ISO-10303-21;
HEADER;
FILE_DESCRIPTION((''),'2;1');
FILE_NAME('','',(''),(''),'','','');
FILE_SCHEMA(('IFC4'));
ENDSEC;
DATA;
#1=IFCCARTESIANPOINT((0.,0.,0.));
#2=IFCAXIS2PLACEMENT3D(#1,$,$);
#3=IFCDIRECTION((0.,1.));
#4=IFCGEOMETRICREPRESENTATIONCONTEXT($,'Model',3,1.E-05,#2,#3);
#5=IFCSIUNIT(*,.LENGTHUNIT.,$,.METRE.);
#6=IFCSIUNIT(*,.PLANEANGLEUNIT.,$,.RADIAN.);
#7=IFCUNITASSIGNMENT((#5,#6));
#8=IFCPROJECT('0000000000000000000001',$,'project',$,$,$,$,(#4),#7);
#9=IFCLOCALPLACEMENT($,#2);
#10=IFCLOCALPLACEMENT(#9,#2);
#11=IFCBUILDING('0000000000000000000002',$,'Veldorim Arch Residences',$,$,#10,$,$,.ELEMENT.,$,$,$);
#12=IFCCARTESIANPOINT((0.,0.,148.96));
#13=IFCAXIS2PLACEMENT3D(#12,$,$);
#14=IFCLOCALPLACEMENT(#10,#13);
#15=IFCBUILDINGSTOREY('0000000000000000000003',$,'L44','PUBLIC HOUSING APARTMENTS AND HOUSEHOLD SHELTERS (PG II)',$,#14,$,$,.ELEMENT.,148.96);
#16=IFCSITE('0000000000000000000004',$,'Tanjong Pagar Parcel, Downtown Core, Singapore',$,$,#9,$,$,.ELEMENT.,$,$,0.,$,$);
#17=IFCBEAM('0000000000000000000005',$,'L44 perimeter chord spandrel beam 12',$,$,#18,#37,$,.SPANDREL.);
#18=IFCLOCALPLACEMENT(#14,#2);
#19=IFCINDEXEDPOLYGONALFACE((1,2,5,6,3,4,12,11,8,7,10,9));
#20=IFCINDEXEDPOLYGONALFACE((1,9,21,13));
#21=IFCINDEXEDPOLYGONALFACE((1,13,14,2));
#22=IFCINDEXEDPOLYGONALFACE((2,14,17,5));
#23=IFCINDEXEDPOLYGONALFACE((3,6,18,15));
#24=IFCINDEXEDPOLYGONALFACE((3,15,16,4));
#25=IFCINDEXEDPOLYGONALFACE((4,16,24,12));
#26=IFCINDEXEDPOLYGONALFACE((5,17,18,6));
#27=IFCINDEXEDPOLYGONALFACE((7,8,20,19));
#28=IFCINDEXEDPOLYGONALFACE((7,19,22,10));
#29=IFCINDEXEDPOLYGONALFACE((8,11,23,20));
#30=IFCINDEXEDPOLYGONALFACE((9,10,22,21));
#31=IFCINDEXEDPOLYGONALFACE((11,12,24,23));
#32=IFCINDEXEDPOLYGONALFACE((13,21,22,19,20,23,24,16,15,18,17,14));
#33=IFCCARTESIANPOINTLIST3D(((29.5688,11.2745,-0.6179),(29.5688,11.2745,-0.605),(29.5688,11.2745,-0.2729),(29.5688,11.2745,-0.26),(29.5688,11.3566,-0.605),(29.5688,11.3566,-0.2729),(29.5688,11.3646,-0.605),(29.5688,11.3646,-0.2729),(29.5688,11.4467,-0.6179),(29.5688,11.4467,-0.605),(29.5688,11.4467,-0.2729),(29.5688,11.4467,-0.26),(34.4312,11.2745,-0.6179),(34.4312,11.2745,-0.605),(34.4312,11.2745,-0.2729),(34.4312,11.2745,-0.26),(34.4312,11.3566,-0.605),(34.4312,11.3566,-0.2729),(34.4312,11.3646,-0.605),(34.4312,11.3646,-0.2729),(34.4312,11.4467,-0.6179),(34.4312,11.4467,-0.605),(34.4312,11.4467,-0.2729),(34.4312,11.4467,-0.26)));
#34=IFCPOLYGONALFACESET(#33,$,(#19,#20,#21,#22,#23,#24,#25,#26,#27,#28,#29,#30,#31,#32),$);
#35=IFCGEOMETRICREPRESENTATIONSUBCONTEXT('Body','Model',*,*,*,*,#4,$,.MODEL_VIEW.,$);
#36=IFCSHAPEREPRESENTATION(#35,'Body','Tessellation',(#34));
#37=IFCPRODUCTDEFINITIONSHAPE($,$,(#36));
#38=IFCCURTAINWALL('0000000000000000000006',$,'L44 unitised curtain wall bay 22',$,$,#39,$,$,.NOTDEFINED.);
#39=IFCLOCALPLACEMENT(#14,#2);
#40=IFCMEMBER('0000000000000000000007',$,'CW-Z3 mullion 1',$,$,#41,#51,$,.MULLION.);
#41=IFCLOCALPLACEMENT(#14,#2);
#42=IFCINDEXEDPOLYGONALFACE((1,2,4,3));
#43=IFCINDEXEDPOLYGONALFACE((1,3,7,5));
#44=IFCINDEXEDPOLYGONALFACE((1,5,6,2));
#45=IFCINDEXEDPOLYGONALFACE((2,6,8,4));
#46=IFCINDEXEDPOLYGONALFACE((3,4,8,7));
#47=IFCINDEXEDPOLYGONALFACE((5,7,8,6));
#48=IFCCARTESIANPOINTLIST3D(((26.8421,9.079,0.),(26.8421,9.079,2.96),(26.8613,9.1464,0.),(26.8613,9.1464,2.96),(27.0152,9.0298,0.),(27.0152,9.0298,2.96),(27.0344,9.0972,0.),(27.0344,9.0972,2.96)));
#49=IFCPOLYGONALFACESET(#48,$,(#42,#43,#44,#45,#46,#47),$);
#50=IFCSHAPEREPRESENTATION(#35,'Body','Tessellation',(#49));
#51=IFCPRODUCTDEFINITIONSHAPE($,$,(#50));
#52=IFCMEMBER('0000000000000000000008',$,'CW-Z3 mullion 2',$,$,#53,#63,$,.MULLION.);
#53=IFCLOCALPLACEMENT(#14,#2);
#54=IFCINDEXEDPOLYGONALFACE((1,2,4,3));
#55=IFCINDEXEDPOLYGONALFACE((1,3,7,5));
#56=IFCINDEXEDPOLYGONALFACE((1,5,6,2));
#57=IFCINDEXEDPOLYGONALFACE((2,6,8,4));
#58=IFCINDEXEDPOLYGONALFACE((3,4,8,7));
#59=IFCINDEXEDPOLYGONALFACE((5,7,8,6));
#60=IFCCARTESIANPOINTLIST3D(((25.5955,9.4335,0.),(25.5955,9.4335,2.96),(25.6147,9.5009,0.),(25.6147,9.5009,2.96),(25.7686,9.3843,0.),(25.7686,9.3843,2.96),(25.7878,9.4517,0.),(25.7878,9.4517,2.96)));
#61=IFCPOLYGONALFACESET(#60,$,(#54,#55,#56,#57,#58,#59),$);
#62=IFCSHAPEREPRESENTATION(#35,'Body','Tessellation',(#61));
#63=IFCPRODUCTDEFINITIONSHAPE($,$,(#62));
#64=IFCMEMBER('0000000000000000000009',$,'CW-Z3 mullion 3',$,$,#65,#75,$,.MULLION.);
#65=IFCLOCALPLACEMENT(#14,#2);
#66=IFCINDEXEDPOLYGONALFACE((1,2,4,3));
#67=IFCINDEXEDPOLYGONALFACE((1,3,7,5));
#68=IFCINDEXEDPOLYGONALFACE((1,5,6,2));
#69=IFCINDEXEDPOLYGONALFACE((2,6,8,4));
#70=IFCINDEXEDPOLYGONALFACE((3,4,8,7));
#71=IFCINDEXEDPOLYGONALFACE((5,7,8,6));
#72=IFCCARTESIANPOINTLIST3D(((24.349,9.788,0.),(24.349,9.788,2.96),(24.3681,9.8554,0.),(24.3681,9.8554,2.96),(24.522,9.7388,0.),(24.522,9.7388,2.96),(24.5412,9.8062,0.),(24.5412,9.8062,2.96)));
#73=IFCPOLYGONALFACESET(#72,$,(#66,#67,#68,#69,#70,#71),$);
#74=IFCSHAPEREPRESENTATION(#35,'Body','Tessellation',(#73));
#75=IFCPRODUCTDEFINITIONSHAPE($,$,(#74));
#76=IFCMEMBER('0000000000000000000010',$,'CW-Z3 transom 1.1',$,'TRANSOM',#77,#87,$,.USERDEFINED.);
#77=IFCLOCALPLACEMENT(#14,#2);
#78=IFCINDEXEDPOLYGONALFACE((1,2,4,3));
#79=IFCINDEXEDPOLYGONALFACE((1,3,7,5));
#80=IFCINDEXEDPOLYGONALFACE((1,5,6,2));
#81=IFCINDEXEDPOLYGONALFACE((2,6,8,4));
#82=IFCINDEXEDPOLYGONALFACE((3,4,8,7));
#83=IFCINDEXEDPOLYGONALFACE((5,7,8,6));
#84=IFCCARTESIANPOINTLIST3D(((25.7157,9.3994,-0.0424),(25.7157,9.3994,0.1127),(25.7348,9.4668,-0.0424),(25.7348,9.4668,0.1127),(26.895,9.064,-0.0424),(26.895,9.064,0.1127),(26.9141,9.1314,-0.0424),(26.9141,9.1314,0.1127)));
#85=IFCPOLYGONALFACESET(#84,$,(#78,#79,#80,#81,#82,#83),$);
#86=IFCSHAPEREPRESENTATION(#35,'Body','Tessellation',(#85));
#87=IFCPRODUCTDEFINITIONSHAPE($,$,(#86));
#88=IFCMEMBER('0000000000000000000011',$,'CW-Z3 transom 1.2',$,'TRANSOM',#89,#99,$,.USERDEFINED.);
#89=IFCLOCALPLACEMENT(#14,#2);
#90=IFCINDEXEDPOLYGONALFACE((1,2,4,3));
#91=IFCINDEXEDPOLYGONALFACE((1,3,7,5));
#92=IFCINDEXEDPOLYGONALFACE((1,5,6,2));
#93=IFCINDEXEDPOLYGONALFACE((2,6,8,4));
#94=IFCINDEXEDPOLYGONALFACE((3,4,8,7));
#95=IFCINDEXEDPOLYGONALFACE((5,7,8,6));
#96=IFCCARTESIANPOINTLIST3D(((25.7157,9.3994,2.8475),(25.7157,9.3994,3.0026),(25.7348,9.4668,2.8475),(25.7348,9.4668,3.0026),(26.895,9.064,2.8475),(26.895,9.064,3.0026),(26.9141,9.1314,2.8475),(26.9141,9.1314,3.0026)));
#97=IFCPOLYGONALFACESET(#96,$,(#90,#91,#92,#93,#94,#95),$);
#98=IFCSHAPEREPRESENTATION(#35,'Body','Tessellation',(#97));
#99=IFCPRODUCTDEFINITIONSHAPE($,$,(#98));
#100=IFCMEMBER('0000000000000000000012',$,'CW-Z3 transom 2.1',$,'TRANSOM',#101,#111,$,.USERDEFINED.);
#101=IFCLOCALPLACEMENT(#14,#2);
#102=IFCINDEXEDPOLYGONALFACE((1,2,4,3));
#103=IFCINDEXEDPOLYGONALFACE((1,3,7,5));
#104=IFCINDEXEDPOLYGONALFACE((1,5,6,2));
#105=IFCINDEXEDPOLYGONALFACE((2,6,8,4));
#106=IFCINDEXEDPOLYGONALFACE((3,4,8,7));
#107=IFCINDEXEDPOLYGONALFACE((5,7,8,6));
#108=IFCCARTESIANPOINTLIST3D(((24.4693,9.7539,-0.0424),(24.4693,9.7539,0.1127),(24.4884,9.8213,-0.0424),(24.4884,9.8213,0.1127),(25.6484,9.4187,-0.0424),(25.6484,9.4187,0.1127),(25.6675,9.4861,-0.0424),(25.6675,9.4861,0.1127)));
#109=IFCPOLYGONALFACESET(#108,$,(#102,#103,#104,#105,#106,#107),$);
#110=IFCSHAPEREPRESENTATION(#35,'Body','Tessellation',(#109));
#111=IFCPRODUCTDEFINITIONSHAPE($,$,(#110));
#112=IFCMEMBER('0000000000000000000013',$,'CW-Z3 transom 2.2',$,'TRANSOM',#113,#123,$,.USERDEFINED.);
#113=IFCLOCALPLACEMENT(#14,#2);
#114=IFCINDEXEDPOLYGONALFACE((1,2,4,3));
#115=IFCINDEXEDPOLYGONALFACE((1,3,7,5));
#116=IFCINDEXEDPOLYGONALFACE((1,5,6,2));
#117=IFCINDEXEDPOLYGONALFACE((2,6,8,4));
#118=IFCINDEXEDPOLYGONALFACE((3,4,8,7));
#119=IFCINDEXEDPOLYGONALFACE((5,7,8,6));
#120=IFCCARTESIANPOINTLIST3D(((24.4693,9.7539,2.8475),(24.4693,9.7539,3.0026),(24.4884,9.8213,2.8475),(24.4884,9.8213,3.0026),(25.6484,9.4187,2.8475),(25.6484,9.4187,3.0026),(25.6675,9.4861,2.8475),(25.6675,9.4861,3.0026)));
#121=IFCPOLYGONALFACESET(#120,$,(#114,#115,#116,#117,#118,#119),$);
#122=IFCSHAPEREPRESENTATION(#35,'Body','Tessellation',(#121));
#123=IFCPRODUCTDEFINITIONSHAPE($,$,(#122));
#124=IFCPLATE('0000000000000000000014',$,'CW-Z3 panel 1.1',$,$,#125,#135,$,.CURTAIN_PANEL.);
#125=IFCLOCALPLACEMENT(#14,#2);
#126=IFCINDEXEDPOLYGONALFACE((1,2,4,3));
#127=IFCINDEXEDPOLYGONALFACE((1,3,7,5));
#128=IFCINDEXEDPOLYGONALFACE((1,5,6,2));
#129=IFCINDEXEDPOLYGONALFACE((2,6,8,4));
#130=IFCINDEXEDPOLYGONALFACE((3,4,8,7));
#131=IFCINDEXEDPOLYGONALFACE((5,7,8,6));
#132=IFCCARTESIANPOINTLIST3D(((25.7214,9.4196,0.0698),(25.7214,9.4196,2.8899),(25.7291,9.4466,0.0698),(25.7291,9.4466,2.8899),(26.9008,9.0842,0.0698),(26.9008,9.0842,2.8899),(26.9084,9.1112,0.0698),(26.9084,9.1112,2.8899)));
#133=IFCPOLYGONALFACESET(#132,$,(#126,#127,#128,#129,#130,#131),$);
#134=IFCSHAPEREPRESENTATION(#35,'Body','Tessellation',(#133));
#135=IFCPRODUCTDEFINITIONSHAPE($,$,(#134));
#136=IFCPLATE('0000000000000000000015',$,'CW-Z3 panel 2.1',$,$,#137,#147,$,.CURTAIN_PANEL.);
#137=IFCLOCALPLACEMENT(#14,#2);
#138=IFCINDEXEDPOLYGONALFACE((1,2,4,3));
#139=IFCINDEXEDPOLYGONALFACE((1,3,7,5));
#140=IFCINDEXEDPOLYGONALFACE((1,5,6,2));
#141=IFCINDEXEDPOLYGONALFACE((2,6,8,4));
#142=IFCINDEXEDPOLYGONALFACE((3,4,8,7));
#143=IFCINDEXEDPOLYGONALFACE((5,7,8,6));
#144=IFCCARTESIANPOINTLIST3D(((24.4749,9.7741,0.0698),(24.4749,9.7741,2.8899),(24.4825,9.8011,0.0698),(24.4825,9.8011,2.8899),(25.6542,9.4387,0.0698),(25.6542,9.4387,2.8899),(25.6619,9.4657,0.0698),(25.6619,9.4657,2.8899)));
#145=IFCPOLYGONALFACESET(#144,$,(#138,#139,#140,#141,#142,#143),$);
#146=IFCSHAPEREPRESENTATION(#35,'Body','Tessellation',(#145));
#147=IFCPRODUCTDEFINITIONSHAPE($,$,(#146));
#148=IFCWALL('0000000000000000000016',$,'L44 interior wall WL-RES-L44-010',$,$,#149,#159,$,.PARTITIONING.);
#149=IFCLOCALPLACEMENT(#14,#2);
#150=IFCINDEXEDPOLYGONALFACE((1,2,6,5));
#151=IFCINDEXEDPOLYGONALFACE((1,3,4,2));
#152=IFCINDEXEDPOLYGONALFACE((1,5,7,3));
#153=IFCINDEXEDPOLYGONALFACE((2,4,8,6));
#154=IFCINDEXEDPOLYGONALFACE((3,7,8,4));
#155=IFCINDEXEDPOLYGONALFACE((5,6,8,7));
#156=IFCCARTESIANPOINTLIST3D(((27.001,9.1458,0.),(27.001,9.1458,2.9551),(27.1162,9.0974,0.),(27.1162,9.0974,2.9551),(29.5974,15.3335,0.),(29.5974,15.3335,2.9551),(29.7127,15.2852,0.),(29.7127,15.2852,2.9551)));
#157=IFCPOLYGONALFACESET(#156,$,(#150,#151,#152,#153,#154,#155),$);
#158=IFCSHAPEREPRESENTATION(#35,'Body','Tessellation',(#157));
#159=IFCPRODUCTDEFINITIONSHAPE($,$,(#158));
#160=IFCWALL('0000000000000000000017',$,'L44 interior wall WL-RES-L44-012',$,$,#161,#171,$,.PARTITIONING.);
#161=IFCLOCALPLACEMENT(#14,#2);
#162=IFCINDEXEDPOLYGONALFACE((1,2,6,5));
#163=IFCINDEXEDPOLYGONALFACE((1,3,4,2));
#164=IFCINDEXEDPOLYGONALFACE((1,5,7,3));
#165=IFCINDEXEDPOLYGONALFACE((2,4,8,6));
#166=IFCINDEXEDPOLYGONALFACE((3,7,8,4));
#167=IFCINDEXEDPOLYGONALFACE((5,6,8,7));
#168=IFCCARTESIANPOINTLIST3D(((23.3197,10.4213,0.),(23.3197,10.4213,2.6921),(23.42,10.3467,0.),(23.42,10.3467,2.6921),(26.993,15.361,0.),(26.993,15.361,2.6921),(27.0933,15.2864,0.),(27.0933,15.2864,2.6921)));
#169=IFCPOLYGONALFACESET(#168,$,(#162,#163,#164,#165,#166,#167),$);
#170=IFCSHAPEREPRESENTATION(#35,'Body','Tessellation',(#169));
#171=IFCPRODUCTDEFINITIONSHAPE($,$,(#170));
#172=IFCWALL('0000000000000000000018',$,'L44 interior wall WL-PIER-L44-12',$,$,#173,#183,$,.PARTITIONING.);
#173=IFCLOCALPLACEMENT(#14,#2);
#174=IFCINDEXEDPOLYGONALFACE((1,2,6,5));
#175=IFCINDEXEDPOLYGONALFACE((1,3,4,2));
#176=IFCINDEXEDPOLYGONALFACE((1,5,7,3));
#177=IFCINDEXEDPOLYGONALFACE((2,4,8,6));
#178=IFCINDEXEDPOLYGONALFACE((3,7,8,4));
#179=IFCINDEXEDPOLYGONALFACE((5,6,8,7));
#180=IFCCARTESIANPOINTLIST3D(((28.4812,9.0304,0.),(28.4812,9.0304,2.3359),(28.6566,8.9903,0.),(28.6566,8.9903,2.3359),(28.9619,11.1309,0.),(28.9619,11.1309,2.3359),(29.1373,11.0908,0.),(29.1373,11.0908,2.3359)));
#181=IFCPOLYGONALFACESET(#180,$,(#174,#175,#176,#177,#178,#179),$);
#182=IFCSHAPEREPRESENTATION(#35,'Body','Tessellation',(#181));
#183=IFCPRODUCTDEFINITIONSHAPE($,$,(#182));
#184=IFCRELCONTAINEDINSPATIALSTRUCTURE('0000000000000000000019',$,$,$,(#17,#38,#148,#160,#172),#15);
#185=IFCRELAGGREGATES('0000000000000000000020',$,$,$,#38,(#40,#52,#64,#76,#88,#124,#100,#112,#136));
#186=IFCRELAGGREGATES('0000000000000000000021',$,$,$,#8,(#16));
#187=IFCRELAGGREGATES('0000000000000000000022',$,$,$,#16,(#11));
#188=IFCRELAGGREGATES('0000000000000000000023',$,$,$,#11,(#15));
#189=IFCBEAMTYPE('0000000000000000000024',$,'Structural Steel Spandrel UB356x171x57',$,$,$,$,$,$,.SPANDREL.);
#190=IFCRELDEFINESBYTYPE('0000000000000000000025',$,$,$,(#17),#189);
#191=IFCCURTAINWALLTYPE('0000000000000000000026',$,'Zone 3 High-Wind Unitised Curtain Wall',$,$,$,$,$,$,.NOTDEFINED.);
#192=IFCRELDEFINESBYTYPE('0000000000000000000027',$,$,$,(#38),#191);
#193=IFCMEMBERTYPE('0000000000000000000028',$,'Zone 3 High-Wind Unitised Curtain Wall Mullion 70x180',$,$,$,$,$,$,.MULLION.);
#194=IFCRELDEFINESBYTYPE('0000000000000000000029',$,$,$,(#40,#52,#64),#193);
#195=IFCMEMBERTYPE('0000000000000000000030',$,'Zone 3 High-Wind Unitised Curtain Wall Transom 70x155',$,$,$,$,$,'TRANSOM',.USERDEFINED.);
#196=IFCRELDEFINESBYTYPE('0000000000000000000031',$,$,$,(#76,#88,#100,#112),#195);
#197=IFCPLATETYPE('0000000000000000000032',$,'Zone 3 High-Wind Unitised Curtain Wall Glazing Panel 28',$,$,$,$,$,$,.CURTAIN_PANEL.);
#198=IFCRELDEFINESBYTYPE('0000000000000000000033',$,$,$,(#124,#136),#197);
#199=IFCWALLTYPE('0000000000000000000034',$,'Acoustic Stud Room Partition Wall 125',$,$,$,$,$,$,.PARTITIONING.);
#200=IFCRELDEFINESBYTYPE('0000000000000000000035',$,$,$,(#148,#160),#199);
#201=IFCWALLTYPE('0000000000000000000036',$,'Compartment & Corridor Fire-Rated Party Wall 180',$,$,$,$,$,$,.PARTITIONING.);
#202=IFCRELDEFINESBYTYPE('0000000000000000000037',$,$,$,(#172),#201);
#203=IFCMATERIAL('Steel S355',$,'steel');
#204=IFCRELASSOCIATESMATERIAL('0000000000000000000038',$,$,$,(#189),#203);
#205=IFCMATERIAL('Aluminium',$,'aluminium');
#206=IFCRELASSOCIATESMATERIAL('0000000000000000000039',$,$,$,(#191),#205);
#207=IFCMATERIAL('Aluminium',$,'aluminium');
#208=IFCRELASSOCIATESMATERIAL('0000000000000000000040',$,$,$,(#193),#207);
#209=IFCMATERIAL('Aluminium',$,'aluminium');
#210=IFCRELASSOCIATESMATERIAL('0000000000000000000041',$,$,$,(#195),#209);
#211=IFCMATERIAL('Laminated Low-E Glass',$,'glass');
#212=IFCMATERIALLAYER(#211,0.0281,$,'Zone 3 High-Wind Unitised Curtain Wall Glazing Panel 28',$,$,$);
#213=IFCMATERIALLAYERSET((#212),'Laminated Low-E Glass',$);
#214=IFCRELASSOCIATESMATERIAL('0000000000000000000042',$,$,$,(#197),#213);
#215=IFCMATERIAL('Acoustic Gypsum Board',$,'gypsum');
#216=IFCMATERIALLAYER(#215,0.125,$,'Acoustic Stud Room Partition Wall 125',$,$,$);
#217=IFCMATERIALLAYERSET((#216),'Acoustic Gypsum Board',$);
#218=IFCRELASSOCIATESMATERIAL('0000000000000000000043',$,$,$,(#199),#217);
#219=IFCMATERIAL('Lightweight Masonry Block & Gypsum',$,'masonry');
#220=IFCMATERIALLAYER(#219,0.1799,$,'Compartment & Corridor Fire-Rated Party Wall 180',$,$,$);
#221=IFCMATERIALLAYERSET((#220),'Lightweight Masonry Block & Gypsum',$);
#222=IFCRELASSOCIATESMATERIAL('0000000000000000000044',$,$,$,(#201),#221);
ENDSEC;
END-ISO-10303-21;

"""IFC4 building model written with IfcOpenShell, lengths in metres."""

from ifc_helpers import new_model, si_unit, direction, frame, frame_2d, origin, origin_2d, place, context, subcontext, project, spatial, rectangle, i_section, extrude, material, layer, layer_set, material_profile, profile_set, type_object, element, aggregate, save


model = new_model("IFC4")

# Units and contexts
model_context = context("Model", 3, precision=1e-05, world=origin(), true_north=direction((0.0, 1.0)))
body_context = subcontext(model_context, "Body", "Model", "MODEL_VIEW")
ifc_project = project(units=[si_unit("LENGTHUNIT", "METRE"), si_unit("PLANEANGLEUNIT", "RADIAN")], contexts=[model_context])

# Site, building, storey
site_placement = place(None, origin())
site = spatial("IfcSite", under=ifc_project, at=site_placement, Name="Tanjong Pagar Parcel, Downtown Core, Singapore", CompositionType="ELEMENT", RefElevation=0.0)
building_placement = place(site_placement, origin())
building = spatial("IfcBuilding", under=site, at=building_placement, Name="Veldorim Arch Residences", CompositionType="ELEMENT")
storey_placement = place(building_placement, frame((0.0, 0.0, 148.96)))
storey = spatial("IfcBuildingStorey", under=building, at=storey_placement, Name="L44", Description="PUBLIC HOUSING APARTMENTS AND HOUSEHOLD SHELTERS (PG II)", CompositionType="ELEMENT", Elevation=148.96)

# Beam
ifc_material_1 = material(Name="Steel S355", Category="steel")
ifc_material_profile_1 = material_profile(ifc_material_1, i_section(OverallWidth=0.1721, OverallDepth=0.3579, WebThickness=0.0081, FlangeThickness=0.0129, at=origin_2d()), Name="UB356x171x57")
ifc_profile_set_1 = profile_set([ifc_material_profile_1], Name="Steel S355")
beam_type = type_object("IfcBeamType", Name="Structural Steel Spandrel UB356x171x57", PredefinedType="SPANDREL", material=ifc_profile_set_1)
beam_placement = place(storey_placement, frame((29.5688, 11.3606, -0.439), z_axis=(1.0, 0.0, 0.0), x_axis=(0.0, 1.0, 0.0)))
element("IfcBeam", 1, at=beam_placement, inside=storey, type_object=beam_type, Name="L44 perimeter chord spandrel beam 12", PredefinedType="SPANDREL", context=body_context, shape_type="SweptSolid", body=[
    extrude(i_section(OverallWidth=0.1721, OverallDepth=0.3579, WebThickness=0.0081, FlangeThickness=0.0129, at=origin_2d()), origin(), (0.0, 0.0, 1.0), 4.8623),
])

# Curtain wall, members, plates
ifc_material_2 = material(Name="Aluminium", Category="aluminium")
curtain_wall_type = type_object("IfcCurtainWallType", Name="Zone 3 High-Wind Unitised Curtain Wall", PredefinedType="NOTDEFINED", material=ifc_material_2)
curtain_wall_placement = place(storey_placement, origin())
curtain_wall = element("IfcCurtainWall", 2, at=curtain_wall_placement, inside=storey, type_object=curtain_wall_type, Name="L44 unitised curtain wall bay 22", PredefinedType="NOTDEFINED")
ifc_material_3 = material(Name="Aluminium", Category="aluminium")
ifc_material_profile_2 = material_profile(ifc_material_3, rectangle(XDim=0.0701, YDim=0.1799, at=origin_2d()), Name="ALU_MUL_70x180")
ifc_profile_set_2 = profile_set([ifc_material_profile_2], Name="Aluminium")
member_type_1 = type_object("IfcMemberType", Name="Zone 3 High-Wind Unitised Curtain Wall Mullion 70x180", PredefinedType="MULLION", material=ifc_profile_set_2)
member_1_placement = place(storey_placement, frame((26.9382, 9.0881, 0.0), z_axis=(0.0, 0.0, 1.0), x_axis=(-0.27355, -0.961858, 0.0)))
member_1 = element("IfcMember", 3, at=member_1_placement, type_object=member_type_1, Name="CW-Z3 mullion 1", PredefinedType="MULLION", context=body_context, shape_type="SweptSolid", body=[
    extrude(rectangle(XDim=0.0701, YDim=0.1799, at=origin_2d()), origin(), (0.0, 0.0, 1.0), 2.96),
])
member_2_placement = place(storey_placement, frame((25.6917, 9.4426, 0.0), z_axis=(0.0, 0.0, 1.0), x_axis=(-0.27355, -0.961858, 0.0)))
member_2 = element("IfcMember", 4, at=member_2_placement, type_object=member_type_1, Name="CW-Z3 mullion 2", PredefinedType="MULLION", context=body_context, shape_type="SweptSolid", body=[
    extrude(rectangle(XDim=0.0701, YDim=0.1799, at=origin_2d()), origin(), (0.0, 0.0, 1.0), 2.96),
])
member_3_placement = place(storey_placement, frame((24.4451, 9.7971, 0.0), z_axis=(0.0, 0.0, 1.0), x_axis=(-0.27355, -0.961858, 0.0)))
member_3 = element("IfcMember", 5, at=member_3_placement, type_object=member_type_1, Name="CW-Z3 mullion 3", PredefinedType="MULLION", context=body_context, shape_type="SweptSolid", body=[
    extrude(rectangle(XDim=0.0701, YDim=0.1799, at=origin_2d()), origin(), (0.0, 0.0, 1.0), 2.96),
])
ifc_material_4 = material(Name="Aluminium", Category="aluminium")
ifc_material_profile_3 = material_profile(ifc_material_4, rectangle(XDim=0.0701, YDim=0.155, at=origin_2d()), Name="ALU_TRN_70x155")
ifc_profile_set_3 = profile_set([ifc_material_profile_3], Name="Aluminium")
member_type_2 = type_object("IfcMemberType", Name="Zone 3 High-Wind Unitised Curtain Wall Transom 70x155", ElementType="TRANSOM", PredefinedType="USERDEFINED", material=ifc_profile_set_3)
member_4_placement = place(storey_placement, frame((26.9045, 9.0977, 0.0352), z_axis=(-0.961839, 0.273616, 0.0), x_axis=(-0.273616, -0.961839, 0.0)))
member_4 = element("IfcMember", 6, at=member_4_placement, type_object=member_type_2, Name="CW-Z3 transom 1.1", ObjectType="TRANSOM", PredefinedType="USERDEFINED", context=body_context, shape_type="SweptSolid", body=[
    extrude(rectangle(XDim=0.0701, YDim=0.155, at=origin_2d()), origin(), (0.0, 0.0, 1.0), 1.2261),
])
member_5_placement = place(storey_placement, frame((26.9045, 9.0977, 2.925), z_axis=(-0.961839, 0.273616, 0.0), x_axis=(-0.273616, -0.961839, 0.0)))
member_5 = element("IfcMember", 7, at=member_5_placement, type_object=member_type_2, Name="CW-Z3 transom 1.2", ObjectType="TRANSOM", PredefinedType="USERDEFINED", context=body_context, shape_type="SweptSolid", body=[
    extrude(rectangle(XDim=0.0701, YDim=0.155, at=origin_2d()), origin(), (0.0, 0.0, 1.0), 1.2261),
])
member_6_placement = place(storey_placement, frame((25.658, 9.4524, 0.0352), z_axis=(-0.961891, 0.273432, 0.0), x_axis=(-0.273432, -0.961891, 0.0)))
member_6 = element("IfcMember", 8, at=member_6_placement, type_object=member_type_2, Name="CW-Z3 transom 2.1", ObjectType="TRANSOM", PredefinedType="USERDEFINED", context=body_context, shape_type="SweptSolid", body=[
    extrude(rectangle(XDim=0.0701, YDim=0.155, at=origin_2d()), origin(), (0.0, 0.0, 1.0), 1.2258),
])
member_7_placement = place(storey_placement, frame((25.658, 9.4524, 2.925), z_axis=(-0.961891, 0.273432, 0.0), x_axis=(-0.273432, -0.961891, 0.0)))
member_7 = element("IfcMember", 9, at=member_7_placement, type_object=member_type_2, Name="CW-Z3 transom 2.2", ObjectType="TRANSOM", PredefinedType="USERDEFINED", context=body_context, shape_type="SweptSolid", body=[
    extrude(rectangle(XDim=0.0701, YDim=0.155, at=origin_2d()), origin(), (0.0, 0.0, 1.0), 1.2258),
])
ifc_material_5 = material(Name="Laminated Low-E Glass", Category="glass")
ifc_layer_1 = layer(ifc_material_5, 0.0281, Name="Zone 3 High-Wind Unitised Curtain Wall Glazing Panel 28")
ifc_layer_set_1 = layer_set([ifc_layer_1], Name="Laminated Low-E Glass")
plate_type = type_object("IfcPlateType", Name="Zone 3 High-Wind Unitised Curtain Wall Glazing Panel 28", PredefinedType="CURTAIN_PANEL", material=ifc_layer_set_1)
plate_1_placement = place(storey_placement, frame((26.3149, 9.2654, 0.0698), z_axis=(0.0, 0.0, 1.0), x_axis=(-0.961858, 0.27355, 0.0)))
plate_1 = element("IfcPlate", 10, at=plate_1_placement, type_object=plate_type, Name="CW-Z3 panel 1.1", PredefinedType="CURTAIN_PANEL", context=body_context, shape_type="SweptSolid", body=[
    extrude(rectangle(XDim=1.2261, YDim=0.0281, at=origin_2d()), origin(), (0.0, 0.0, 1.0), 2.8201),
])
plate_2_placement = place(storey_placement, frame((25.0684, 9.6199, 0.0698), z_axis=(0.0, 0.0, 1.0), x_axis=(-0.961858, 0.27355, 0.0)))
plate_2 = element("IfcPlate", 11, at=plate_2_placement, type_object=plate_type, Name="CW-Z3 panel 2.1", PredefinedType="CURTAIN_PANEL", context=body_context, shape_type="SweptSolid", body=[
    extrude(rectangle(XDim=1.2261, YDim=0.0281, at=origin_2d()), origin(), (0.0, 0.0, 1.0), 2.8201),
])
aggregate(curtain_wall, [member_1, member_2, member_3, member_4, member_5, plate_1, member_6, member_7, plate_2])

# Walls
ifc_material_6 = material(Name="Acoustic Gypsum Board", Category="gypsum")
ifc_layer_2 = layer(ifc_material_6, 0.125, Name="Acoustic Stud Room Partition Wall 125")
ifc_layer_set_2 = layer_set([ifc_layer_2], Name="Acoustic Gypsum Board")
wall_type_1 = type_object("IfcWallType", Name="Acoustic Stud Room Partition Wall 125", PredefinedType="PARTITIONING", material=ifc_layer_set_2)
wall_1_placement = place(storey_placement, frame((27.0586, 9.1216, 0.0), z_axis=(0.0, 0.0, 1.0), x_axis=(0.386926, 0.922111, 0.0)))
element("IfcWall", 12, at=wall_1_placement, inside=storey, type_object=wall_type_1, Name="L44 interior wall WL-RES-L44-010", PredefinedType="PARTITIONING", context=body_context, shape_type="SweptSolid", body=[
    extrude(rectangle(XDim=6.7104, YDim=0.125, at=frame_2d((3.3552, 0.0))), origin(), (0.0, 0.0, 1.0), 2.9551),
])
wall_2_placement = place(storey_placement, frame((23.3699, 10.384, 0.0), z_axis=(0.0, 0.0, 1.0), x_axis=(0.596727, 0.802444, 0.0)))
element("IfcWall", 13, at=wall_2_placement, inside=storey, type_object=wall_type_1, Name="L44 interior wall WL-RES-L44-012", PredefinedType="PARTITIONING", context=body_context, shape_type="SweptSolid", body=[
    extrude(rectangle(XDim=6.1558, YDim=0.125, at=frame_2d((3.0779, 0.0))), origin(), (0.0, 0.0, 1.0), 2.6921),
])
ifc_material_7 = material(Name="Lightweight Masonry Block & Gypsum", Category="masonry")
ifc_layer_3 = layer(ifc_material_7, 0.1799, Name="Compartment & Corridor Fire-Rated Party Wall 180")
ifc_layer_set_3 = layer_set([ifc_layer_3], Name="Lightweight Masonry Block & Gypsum")
wall_type_2 = type_object("IfcWallType", Name="Compartment & Corridor Fire-Rated Party Wall 180", PredefinedType="PARTITIONING", material=ifc_layer_set_3)
wall_3_placement = place(storey_placement, frame((29.0496, 11.1108, 0.0), z_axis=(0.0, 0.0, 1.0), x_axis=(-0.22308, -0.9748, 0.0)))
element("IfcWall", 14, at=wall_3_placement, inside=storey, type_object=wall_type_2, Name="L44 interior wall WL-PIER-L44-12", PredefinedType="PARTITIONING", context=body_context, shape_type="SweptSolid", body=[
    extrude(rectangle(XDim=2.1548, YDim=0.1799, at=frame_2d((1.0774, 0.0))), origin(), (0.0, 0.0, 1.0), 2.3359),
])

save(model, "model.ifc")
